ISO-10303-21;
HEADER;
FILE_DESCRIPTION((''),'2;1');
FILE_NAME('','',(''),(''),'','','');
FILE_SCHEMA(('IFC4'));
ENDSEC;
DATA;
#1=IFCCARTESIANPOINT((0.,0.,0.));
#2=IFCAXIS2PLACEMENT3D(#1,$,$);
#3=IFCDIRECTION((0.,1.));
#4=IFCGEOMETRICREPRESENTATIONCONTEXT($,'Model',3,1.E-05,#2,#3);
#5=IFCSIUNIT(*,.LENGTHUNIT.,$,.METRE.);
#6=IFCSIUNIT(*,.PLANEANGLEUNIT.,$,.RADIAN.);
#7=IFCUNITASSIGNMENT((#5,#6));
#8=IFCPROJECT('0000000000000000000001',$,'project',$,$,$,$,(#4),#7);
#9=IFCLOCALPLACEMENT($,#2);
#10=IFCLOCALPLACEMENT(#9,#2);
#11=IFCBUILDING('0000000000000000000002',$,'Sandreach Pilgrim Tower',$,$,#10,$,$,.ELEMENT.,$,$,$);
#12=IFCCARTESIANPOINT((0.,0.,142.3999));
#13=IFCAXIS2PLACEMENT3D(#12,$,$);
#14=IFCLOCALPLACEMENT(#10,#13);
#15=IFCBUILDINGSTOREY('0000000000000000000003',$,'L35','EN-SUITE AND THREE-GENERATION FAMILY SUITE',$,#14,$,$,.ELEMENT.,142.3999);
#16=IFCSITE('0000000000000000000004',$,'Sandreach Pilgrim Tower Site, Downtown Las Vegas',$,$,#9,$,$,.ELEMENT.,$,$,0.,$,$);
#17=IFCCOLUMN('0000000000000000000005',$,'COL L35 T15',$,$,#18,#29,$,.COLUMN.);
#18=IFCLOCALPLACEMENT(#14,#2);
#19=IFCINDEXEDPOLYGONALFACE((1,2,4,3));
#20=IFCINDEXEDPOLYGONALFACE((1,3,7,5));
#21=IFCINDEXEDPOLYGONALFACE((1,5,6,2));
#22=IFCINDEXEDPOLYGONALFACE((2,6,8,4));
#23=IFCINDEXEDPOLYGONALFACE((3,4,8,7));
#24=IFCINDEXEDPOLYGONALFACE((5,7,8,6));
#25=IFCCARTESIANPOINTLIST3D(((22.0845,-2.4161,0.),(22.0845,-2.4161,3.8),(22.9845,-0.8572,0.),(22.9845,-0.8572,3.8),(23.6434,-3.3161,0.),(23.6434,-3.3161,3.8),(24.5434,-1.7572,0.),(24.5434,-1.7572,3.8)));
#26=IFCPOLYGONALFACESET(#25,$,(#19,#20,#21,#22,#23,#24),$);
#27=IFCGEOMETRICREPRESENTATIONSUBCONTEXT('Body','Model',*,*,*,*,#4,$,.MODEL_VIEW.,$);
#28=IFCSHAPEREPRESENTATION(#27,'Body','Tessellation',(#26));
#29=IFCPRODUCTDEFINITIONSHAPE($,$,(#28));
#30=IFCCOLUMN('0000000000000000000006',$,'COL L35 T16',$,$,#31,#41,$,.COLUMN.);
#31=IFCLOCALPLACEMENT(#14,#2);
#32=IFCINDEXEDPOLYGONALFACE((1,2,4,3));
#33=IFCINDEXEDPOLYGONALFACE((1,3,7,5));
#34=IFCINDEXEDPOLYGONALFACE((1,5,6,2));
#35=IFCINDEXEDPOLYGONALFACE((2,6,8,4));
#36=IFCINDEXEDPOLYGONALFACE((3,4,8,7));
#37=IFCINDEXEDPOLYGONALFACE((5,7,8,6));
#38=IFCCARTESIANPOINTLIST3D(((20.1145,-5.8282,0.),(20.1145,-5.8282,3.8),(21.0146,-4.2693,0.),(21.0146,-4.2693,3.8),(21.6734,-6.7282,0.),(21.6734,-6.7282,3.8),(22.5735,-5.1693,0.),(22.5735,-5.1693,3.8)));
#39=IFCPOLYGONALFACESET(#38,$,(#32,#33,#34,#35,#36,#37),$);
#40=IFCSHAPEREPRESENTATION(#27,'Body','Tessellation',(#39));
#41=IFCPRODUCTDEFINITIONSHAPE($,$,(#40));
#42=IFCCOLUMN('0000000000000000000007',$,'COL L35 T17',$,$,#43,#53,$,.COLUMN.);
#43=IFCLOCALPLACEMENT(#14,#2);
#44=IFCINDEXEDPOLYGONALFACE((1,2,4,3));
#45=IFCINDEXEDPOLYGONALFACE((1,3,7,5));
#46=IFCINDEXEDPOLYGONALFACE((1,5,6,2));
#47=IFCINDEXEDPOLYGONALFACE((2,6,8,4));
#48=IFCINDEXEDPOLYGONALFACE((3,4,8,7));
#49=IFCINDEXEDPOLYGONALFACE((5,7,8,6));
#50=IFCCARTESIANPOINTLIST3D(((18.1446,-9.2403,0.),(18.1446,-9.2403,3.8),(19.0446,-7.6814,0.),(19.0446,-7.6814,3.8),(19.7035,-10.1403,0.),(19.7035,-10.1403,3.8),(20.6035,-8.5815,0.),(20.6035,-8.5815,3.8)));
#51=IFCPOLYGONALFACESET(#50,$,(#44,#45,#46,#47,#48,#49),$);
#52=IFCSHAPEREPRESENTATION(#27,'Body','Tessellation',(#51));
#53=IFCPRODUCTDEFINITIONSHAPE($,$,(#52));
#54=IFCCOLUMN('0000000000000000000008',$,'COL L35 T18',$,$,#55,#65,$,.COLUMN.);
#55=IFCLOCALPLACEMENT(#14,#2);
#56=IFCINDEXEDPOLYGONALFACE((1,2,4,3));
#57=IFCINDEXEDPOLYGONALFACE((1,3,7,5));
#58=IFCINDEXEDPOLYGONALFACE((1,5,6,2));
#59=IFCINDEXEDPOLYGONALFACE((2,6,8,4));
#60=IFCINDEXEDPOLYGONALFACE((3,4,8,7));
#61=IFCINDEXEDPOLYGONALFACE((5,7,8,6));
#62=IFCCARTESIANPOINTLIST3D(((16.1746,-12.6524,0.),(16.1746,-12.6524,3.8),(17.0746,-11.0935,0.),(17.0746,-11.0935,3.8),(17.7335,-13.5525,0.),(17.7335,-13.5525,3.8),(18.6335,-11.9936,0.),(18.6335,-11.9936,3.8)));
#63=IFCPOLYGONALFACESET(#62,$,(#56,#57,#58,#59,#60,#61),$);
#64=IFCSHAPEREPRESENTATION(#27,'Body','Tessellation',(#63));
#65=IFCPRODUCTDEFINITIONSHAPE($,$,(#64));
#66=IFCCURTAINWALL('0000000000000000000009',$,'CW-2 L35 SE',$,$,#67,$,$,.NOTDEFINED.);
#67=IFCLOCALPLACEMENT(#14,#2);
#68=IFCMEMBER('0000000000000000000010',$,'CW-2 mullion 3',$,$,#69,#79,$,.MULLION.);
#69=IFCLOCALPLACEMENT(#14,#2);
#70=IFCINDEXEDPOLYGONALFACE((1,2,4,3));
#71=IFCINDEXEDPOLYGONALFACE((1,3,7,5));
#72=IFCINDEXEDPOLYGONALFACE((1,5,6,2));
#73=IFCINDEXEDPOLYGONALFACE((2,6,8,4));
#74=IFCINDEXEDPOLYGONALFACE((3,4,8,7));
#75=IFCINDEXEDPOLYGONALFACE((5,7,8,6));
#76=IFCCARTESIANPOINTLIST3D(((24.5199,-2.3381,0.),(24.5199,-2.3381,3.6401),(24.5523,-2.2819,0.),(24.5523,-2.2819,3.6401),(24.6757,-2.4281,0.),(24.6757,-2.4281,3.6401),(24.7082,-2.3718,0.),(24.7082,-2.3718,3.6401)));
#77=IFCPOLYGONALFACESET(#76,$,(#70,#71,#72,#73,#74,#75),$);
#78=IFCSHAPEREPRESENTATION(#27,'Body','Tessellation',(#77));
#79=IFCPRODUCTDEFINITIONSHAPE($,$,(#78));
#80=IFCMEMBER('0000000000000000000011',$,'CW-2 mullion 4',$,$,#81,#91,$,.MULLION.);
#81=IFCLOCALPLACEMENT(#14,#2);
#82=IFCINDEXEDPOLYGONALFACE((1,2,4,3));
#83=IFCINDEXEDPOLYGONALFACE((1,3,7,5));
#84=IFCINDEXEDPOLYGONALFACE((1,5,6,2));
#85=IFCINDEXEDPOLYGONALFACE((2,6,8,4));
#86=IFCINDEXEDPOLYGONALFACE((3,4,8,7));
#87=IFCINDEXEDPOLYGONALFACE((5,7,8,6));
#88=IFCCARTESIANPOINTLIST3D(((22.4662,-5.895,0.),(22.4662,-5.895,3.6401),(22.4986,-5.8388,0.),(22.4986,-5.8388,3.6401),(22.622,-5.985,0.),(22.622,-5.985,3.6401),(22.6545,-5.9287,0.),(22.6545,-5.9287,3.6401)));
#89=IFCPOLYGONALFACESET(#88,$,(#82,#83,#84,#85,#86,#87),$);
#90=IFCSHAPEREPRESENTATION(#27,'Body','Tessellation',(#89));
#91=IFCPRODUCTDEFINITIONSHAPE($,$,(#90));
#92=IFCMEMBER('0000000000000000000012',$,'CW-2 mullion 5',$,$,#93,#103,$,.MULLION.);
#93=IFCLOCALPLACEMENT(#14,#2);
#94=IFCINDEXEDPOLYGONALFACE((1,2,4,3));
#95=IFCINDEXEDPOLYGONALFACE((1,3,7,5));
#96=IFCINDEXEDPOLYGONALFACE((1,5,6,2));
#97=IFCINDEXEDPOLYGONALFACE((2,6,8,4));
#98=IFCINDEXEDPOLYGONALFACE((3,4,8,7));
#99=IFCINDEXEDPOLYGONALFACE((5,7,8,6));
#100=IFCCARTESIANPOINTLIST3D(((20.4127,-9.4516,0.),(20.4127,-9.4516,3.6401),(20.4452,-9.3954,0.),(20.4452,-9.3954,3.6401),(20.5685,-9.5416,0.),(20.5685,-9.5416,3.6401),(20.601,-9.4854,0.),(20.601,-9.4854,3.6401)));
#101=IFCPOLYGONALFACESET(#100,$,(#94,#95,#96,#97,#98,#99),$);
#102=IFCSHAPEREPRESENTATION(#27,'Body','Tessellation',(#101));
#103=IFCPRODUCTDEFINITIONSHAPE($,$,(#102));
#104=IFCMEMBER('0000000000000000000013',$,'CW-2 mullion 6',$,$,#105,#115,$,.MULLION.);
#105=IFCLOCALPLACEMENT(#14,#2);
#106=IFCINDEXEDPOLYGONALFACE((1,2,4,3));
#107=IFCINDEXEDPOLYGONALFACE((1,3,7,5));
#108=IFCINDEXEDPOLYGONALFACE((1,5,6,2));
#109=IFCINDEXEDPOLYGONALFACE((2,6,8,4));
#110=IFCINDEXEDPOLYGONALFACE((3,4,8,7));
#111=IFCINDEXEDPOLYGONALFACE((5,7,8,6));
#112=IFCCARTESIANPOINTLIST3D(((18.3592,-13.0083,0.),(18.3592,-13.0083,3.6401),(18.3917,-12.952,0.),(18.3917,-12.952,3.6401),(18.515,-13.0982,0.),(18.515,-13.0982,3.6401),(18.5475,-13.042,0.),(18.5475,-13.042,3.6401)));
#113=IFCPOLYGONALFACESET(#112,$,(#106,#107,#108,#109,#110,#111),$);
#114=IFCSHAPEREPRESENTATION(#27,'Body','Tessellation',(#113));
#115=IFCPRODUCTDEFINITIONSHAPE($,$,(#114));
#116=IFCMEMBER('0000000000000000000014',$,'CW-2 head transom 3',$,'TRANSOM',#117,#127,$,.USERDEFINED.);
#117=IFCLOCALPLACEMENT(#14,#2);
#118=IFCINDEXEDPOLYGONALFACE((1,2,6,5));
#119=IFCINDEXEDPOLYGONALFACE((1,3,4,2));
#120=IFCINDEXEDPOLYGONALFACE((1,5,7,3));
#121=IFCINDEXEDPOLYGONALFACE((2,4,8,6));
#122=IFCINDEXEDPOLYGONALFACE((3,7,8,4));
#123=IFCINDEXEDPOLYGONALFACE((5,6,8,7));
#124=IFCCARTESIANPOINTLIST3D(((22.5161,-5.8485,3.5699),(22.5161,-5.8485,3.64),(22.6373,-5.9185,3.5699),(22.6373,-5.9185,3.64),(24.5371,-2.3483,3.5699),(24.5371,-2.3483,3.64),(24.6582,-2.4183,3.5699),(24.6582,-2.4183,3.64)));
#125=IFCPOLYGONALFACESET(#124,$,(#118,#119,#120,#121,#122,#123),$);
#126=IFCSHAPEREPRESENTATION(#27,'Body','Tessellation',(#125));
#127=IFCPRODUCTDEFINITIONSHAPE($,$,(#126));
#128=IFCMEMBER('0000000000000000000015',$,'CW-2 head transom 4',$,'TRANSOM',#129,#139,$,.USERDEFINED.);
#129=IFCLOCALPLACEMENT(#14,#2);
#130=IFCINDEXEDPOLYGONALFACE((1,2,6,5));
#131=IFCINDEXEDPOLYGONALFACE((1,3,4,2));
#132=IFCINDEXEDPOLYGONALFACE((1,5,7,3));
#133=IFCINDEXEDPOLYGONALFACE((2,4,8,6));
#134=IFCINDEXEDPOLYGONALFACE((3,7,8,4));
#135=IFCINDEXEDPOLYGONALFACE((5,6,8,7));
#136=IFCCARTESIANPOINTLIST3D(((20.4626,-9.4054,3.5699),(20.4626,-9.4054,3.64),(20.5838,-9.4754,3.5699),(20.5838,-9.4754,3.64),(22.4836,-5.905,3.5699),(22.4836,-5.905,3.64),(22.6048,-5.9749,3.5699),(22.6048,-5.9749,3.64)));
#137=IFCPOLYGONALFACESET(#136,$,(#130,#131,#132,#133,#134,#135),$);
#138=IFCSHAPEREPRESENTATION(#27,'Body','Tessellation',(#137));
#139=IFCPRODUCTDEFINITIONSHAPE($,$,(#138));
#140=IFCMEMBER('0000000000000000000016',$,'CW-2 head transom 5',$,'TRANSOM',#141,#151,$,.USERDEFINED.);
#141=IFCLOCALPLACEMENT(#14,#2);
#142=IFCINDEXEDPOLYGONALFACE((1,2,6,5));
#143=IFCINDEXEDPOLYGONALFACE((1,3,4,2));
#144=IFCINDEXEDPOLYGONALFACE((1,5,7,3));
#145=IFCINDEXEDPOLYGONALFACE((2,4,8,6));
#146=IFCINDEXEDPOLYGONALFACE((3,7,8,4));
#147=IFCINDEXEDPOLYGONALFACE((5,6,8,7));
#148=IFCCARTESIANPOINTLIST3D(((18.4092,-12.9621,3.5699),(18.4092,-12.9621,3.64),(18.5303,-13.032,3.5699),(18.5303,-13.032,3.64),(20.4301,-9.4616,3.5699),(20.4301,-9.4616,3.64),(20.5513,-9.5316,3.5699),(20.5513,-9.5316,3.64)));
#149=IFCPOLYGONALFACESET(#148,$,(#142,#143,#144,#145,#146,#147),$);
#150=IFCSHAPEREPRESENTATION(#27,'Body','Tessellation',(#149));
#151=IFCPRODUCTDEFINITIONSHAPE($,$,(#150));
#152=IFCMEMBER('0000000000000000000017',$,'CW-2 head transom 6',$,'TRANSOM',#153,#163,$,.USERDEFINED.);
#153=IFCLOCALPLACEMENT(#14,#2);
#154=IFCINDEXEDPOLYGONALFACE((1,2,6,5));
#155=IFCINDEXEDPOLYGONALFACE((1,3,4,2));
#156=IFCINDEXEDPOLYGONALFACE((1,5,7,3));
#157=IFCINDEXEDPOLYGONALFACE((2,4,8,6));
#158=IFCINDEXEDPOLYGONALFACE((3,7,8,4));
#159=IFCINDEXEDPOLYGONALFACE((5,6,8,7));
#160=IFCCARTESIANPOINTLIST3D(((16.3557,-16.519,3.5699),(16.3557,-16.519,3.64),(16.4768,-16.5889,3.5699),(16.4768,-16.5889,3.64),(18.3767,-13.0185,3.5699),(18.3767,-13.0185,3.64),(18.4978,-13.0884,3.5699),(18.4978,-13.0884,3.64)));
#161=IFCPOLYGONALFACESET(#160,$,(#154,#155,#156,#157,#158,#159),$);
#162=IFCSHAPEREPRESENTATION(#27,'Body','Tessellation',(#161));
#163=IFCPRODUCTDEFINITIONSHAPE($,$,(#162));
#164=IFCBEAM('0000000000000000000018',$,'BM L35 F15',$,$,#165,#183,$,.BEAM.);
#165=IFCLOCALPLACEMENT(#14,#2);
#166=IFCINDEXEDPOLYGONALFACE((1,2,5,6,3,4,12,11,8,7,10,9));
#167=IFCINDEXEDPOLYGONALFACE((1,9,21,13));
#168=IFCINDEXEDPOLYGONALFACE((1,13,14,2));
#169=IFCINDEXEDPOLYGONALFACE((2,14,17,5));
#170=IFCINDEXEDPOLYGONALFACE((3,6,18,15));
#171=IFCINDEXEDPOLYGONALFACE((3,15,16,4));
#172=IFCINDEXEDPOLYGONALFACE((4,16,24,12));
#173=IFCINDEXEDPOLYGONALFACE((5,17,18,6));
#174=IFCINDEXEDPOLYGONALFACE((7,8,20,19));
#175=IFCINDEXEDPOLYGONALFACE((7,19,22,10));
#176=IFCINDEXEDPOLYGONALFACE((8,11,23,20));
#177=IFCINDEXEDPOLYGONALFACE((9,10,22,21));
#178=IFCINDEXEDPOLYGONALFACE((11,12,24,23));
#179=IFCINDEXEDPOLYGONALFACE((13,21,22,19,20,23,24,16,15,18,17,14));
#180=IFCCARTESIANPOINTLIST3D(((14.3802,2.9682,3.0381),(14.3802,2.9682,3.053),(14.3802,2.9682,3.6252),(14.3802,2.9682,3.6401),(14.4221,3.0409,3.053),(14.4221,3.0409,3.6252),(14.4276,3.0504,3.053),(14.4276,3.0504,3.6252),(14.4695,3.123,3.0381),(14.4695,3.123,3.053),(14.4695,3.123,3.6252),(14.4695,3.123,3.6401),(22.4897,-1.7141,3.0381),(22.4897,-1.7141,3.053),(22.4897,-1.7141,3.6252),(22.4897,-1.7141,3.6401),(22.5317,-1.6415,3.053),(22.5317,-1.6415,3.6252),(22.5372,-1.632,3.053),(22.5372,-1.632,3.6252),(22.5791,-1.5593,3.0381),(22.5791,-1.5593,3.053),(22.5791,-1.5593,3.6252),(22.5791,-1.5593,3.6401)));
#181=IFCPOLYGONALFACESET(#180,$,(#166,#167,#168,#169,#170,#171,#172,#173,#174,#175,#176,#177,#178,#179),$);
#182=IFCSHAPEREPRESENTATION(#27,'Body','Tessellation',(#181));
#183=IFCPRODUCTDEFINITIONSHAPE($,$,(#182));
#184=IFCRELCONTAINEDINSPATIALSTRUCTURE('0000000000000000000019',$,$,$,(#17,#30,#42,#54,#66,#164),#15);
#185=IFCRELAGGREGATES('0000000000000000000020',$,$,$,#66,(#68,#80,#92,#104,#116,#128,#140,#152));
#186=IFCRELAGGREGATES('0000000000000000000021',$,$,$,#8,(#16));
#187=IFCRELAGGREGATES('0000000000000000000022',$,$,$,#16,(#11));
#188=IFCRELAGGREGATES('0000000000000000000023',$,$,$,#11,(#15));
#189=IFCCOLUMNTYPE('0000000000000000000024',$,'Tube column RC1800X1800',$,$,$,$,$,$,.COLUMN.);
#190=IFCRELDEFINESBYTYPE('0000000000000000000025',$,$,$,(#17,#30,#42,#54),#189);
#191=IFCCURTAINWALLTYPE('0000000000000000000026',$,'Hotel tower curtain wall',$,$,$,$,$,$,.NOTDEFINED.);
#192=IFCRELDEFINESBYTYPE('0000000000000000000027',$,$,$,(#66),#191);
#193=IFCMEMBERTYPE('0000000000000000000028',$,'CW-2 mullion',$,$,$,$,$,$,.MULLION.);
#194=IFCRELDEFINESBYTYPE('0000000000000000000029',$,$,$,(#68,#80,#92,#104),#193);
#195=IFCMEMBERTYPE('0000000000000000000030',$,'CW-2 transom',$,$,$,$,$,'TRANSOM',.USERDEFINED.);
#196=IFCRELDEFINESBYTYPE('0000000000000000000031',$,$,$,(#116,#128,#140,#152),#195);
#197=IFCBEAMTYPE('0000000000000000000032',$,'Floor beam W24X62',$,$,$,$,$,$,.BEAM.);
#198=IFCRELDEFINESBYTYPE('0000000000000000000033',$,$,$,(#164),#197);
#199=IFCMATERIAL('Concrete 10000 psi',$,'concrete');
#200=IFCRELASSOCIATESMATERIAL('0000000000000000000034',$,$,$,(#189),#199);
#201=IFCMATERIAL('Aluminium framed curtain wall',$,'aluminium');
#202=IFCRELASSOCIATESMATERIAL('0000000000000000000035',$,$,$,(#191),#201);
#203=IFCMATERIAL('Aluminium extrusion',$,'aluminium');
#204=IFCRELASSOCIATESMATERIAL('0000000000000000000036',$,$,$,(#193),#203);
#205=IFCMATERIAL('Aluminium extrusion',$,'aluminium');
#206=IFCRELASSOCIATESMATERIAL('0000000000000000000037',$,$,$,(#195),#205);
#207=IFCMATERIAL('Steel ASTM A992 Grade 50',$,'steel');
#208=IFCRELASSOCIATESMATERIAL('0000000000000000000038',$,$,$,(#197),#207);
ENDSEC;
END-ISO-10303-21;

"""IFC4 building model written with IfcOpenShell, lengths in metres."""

from ifc_helpers import new_model, si_unit, direction, frame, origin, origin_2d, place, context, subcontext, project, spatial, rectangle, i_section, extrude, material, material_profile, profile_set, type_object, element, aggregate, save


model = new_model("IFC4")

# Units and contexts
model_context = context("Model", 3, precision=1e-05, world=origin(), true_north=direction((0.0, 1.0)))
body_context = subcontext(model_context, "Body", "Model", "MODEL_VIEW")
ifc_project = project(units=[si_unit("LENGTHUNIT", "METRE"), si_unit("PLANEANGLEUNIT", "RADIAN")], contexts=[model_context])

# Site, building, storey
site_placement = place(None, origin())
site = spatial("IfcSite", under=ifc_project, at=site_placement, Name="Sandreach Pilgrim Tower Site, Downtown Las Vegas", CompositionType="ELEMENT", RefElevation=0.0)
building_placement = place(site_placement, origin())
building = spatial("IfcBuilding", under=site, at=building_placement, Name="Sandreach Pilgrim Tower", CompositionType="ELEMENT")
storey_placement = place(building_placement, frame((0.0, 0.0, 142.3999)))
storey = spatial("IfcBuildingStorey", under=building, at=storey_placement, Name="L35", Description="EN-SUITE AND THREE-GENERATION FAMILY SUITE", CompositionType="ELEMENT", Elevation=142.3999)

# Columns
ifc_material_1 = material(Name="Concrete 10000 psi", Category="concrete")
ifc_material_profile_1 = material_profile(ifc_material_1, rectangle(XDim=1.8, YDim=1.8, at=origin_2d()), Name="RC1800X1800")
ifc_profile_set_1 = profile_set([ifc_material_profile_1], Name="Concrete 10000 psi")
column_type = type_object("IfcColumnType", Name="Tube column RC1800X1800", PredefinedType="COLUMN", material=ifc_profile_set_1)
for number, where, z_axis, x_axis, name in (
    (1, (23.314, -2.0867, 0.0), (0.0, 0.0, 1.0), (0.866025, -0.5, 0.0), "COL L35 T15"),
    (2, (21.344, -5.4988, 0.0), (0.0, 0.0, 1.0), (0.866025, -0.5, 0.0), "COL L35 T16"),
    (3, (19.374, -8.9109, 0.0), (0.0, 0.0, 1.0), (0.866025, -0.5, 0.0), "COL L35 T17"),
    (4, (17.4041, -12.323, 0.0), (0.0, 0.0, 1.0), (0.866025, -0.5, 0.0), "COL L35 T18"),
):
    element("IfcColumn", number, at=place(storey_placement, frame(where, z_axis=z_axis, x_axis=x_axis)), inside=storey, type_object=column_type, Name=name, PredefinedType="COLUMN", context=body_context, shape_type="SweptSolid", body=[
        extrude(rectangle(XDim=1.8, YDim=1.8, at=origin_2d()), origin(), (0.0, 0.0, 1.0), 3.8),
    ])

# Curtain wall, members
ifc_material_2 = material(Name="Aluminium framed curtain wall", Category="aluminium")
curtain_wall_type = type_object("IfcCurtainWallType", Name="Hotel tower curtain wall", PredefinedType="NOTDEFINED", material=ifc_material_2)
curtain_wall_placement = place(storey_placement, origin())
curtain_wall = element("IfcCurtainWall", 5, at=curtain_wall_placement, inside=storey, type_object=curtain_wall_type, Name="CW-2 L35 SE", PredefinedType="NOTDEFINED")
ifc_material_3 = material(Name="Aluminium extrusion", Category="aluminium")
ifc_material_profile_2 = material_profile(ifc_material_3, rectangle(XDim=0.0649, YDim=0.1799, at=origin_2d()), Name="CW-2M 65X180")
ifc_profile_set_2 = profile_set([ifc_material_profile_2], Name="Aluminium extrusion")
member_type_1 = type_object("IfcMemberType", Name="CW-2 mullion", PredefinedType="MULLION", material=ifc_profile_set_2)
member_1_placement = place(storey_placement, frame((24.614, -2.355, 0.0), z_axis=(0.0, 0.0, 1.0), x_axis=(-0.5, -0.866025, 0.0)))
member_1 = element("IfcMember", 6, at=member_1_placement, type_object=member_type_1, Name="CW-2 mullion 3", PredefinedType="MULLION", context=body_context, shape_type="SweptSolid", body=[
    extrude(rectangle(XDim=0.0649, YDim=0.1799, at=origin_2d()), origin(), (0.0, 0.0, 1.0), 3.6401),
])
member_2_placement = place(storey_placement, frame((22.5603, -5.9119, 0.0), z_axis=(0.0, 0.0, 1.0), x_axis=(-0.5, -0.866025, 0.0)))
member_2 = element("IfcMember", 7, at=member_2_placement, type_object=member_type_1, Name="CW-2 mullion 4", PredefinedType="MULLION", context=body_context, shape_type="SweptSolid", body=[
    extrude(rectangle(XDim=0.0649, YDim=0.1799, at=origin_2d()), origin(), (0.0, 0.0, 1.0), 3.6401),
])
member_3_placement = place(storey_placement, frame((20.5068, -9.4685, 0.0), z_axis=(0.0, 0.0, 1.0), x_axis=(-0.5, -0.866025, 0.0)))
member_3 = element("IfcMember", 8, at=member_3_placement, type_object=member_type_1, Name="CW-2 mullion 5", PredefinedType="MULLION", context=body_context, shape_type="SweptSolid", body=[
    extrude(rectangle(XDim=0.0649, YDim=0.1799, at=origin_2d()), origin(), (0.0, 0.0, 1.0), 3.6401),
])
member_4_placement = place(storey_placement, frame((18.4534, -13.0251, 0.0), z_axis=(0.0, 0.0, 1.0), x_axis=(-0.5, -0.866025, 0.0)))
member_4 = element("IfcMember", 9, at=member_4_placement, type_object=member_type_1, Name="CW-2 mullion 6", PredefinedType="MULLION", context=body_context, shape_type="SweptSolid", body=[
    extrude(rectangle(XDim=0.0649, YDim=0.1799, at=origin_2d()), origin(), (0.0, 0.0, 1.0), 3.6401),
])
ifc_material_4 = material(Name="Aluminium extrusion", Category="aluminium")
ifc_material_profile_3 = material_profile(ifc_material_4, rectangle(XDim=0.1399, YDim=0.0701, at=origin_2d()), Name="CW-2T 140X70")
ifc_profile_set_3 = profile_set([ifc_material_profile_3], Name="Aluminium extrusion")
member_type_2 = type_object("IfcMemberType", Name="CW-2 transom", ElementType="TRANSOM", PredefinedType="USERDEFINED", material=ifc_profile_set_3)
member_5_placement = place(storey_placement, frame((24.5977, -2.3833, 3.605), z_axis=(-0.500024, -0.866012, 0.0), x_axis=(0.866012, -0.500024, 0.0)))
member_5 = element("IfcMember", 10, at=member_5_placement, type_object=member_type_2, Name="CW-2 head transom 3", ObjectType="TRANSOM", PredefinedType="USERDEFINED", context=body_context, shape_type="SweptSolid", body=[
    extrude(rectangle(XDim=0.1399, YDim=0.0701, at=origin_2d()), origin(), (0.0, 0.0, 1.0), 4.0417),
])
member_6_placement = place(storey_placement, frame((22.5442, -5.9399, 3.605), z_axis=(-0.499998, -0.866027, 0.0), x_axis=(0.866027, -0.499998, 0.0)))
member_6 = element("IfcMember", 11, at=member_6_placement, type_object=member_type_2, Name="CW-2 head transom 4", ObjectType="TRANSOM", PredefinedType="USERDEFINED", context=body_context, shape_type="SweptSolid", body=[
    extrude(rectangle(XDim=0.1399, YDim=0.0701, at=origin_2d()), origin(), (0.0, 0.0, 1.0), 4.042),
])
member_7_placement = place(storey_placement, frame((20.4907, -9.4966, 3.605), z_axis=(-0.499998, -0.866027, 0.0), x_axis=(0.866027, -0.499998, 0.0)))
member_7 = element("IfcMember", 12, at=member_7_placement, type_object=member_type_2, Name="CW-2 head transom 5", ObjectType="TRANSOM", PredefinedType="USERDEFINED", context=body_context, shape_type="SweptSolid", body=[
    extrude(rectangle(XDim=0.1399, YDim=0.0701, at=origin_2d()), origin(), (0.0, 0.0, 1.0), 4.042),
])
member_8_placement = place(storey_placement, frame((18.4373, -13.0535, 3.605), z_axis=(-0.499998, -0.866027, 0.0), x_axis=(0.866027, -0.499998, 0.0)))
member_8 = element("IfcMember", 13, at=member_8_placement, type_object=member_type_2, Name="CW-2 head transom 6", ObjectType="TRANSOM", PredefinedType="USERDEFINED", context=body_context, shape_type="SweptSolid", body=[
    extrude(rectangle(XDim=0.1399, YDim=0.0701, at=origin_2d()), origin(), (0.0, 0.0, 1.0), 4.042),
])

# Beam
ifc_material_5 = material(Name="Steel ASTM A992 Grade 50", Category="steel")
ifc_material_profile_4 = material_profile(ifc_material_5, i_section(OverallWidth=0.1787, OverallDepth=0.6021, WebThickness=0.011, FlangeThickness=0.0149, at=origin_2d()), Name="W24X62")
ifc_profile_set_4 = profile_set([ifc_material_profile_4], Name="Steel ASTM A992 Grade 50")
beam_type_1 = type_object("IfcBeamType", Name="Floor beam W24X62", PredefinedType="BEAM", material=ifc_profile_set_4)
beam_1_placement = place(storey_placement, frame((22.5344, -1.6367, 3.3391), z_axis=(-0.866012, 0.500023, 0.0), x_axis=(-0.500023, -0.866012, 0.0)))
element("IfcBeam", 14, at=beam_1_placement, inside=storey, type_object=beam_type_1, Name="BM L35 F15", PredefinedType="BEAM", context=body_context, shape_type="SweptSolid", body=[
    extrude(i_section(OverallWidth=0.1787, OverallDepth=0.6021, WebThickness=0.011, FlangeThickness=0.0149, at=origin_2d()), origin(), (0.0, 0.0, 1.0), 9.3643),
])

aggregate(curtain_wall, [member_1, member_2, member_3, member_4, member_5, member_6, member_7, member_8])

save(model, "model.ifc")
